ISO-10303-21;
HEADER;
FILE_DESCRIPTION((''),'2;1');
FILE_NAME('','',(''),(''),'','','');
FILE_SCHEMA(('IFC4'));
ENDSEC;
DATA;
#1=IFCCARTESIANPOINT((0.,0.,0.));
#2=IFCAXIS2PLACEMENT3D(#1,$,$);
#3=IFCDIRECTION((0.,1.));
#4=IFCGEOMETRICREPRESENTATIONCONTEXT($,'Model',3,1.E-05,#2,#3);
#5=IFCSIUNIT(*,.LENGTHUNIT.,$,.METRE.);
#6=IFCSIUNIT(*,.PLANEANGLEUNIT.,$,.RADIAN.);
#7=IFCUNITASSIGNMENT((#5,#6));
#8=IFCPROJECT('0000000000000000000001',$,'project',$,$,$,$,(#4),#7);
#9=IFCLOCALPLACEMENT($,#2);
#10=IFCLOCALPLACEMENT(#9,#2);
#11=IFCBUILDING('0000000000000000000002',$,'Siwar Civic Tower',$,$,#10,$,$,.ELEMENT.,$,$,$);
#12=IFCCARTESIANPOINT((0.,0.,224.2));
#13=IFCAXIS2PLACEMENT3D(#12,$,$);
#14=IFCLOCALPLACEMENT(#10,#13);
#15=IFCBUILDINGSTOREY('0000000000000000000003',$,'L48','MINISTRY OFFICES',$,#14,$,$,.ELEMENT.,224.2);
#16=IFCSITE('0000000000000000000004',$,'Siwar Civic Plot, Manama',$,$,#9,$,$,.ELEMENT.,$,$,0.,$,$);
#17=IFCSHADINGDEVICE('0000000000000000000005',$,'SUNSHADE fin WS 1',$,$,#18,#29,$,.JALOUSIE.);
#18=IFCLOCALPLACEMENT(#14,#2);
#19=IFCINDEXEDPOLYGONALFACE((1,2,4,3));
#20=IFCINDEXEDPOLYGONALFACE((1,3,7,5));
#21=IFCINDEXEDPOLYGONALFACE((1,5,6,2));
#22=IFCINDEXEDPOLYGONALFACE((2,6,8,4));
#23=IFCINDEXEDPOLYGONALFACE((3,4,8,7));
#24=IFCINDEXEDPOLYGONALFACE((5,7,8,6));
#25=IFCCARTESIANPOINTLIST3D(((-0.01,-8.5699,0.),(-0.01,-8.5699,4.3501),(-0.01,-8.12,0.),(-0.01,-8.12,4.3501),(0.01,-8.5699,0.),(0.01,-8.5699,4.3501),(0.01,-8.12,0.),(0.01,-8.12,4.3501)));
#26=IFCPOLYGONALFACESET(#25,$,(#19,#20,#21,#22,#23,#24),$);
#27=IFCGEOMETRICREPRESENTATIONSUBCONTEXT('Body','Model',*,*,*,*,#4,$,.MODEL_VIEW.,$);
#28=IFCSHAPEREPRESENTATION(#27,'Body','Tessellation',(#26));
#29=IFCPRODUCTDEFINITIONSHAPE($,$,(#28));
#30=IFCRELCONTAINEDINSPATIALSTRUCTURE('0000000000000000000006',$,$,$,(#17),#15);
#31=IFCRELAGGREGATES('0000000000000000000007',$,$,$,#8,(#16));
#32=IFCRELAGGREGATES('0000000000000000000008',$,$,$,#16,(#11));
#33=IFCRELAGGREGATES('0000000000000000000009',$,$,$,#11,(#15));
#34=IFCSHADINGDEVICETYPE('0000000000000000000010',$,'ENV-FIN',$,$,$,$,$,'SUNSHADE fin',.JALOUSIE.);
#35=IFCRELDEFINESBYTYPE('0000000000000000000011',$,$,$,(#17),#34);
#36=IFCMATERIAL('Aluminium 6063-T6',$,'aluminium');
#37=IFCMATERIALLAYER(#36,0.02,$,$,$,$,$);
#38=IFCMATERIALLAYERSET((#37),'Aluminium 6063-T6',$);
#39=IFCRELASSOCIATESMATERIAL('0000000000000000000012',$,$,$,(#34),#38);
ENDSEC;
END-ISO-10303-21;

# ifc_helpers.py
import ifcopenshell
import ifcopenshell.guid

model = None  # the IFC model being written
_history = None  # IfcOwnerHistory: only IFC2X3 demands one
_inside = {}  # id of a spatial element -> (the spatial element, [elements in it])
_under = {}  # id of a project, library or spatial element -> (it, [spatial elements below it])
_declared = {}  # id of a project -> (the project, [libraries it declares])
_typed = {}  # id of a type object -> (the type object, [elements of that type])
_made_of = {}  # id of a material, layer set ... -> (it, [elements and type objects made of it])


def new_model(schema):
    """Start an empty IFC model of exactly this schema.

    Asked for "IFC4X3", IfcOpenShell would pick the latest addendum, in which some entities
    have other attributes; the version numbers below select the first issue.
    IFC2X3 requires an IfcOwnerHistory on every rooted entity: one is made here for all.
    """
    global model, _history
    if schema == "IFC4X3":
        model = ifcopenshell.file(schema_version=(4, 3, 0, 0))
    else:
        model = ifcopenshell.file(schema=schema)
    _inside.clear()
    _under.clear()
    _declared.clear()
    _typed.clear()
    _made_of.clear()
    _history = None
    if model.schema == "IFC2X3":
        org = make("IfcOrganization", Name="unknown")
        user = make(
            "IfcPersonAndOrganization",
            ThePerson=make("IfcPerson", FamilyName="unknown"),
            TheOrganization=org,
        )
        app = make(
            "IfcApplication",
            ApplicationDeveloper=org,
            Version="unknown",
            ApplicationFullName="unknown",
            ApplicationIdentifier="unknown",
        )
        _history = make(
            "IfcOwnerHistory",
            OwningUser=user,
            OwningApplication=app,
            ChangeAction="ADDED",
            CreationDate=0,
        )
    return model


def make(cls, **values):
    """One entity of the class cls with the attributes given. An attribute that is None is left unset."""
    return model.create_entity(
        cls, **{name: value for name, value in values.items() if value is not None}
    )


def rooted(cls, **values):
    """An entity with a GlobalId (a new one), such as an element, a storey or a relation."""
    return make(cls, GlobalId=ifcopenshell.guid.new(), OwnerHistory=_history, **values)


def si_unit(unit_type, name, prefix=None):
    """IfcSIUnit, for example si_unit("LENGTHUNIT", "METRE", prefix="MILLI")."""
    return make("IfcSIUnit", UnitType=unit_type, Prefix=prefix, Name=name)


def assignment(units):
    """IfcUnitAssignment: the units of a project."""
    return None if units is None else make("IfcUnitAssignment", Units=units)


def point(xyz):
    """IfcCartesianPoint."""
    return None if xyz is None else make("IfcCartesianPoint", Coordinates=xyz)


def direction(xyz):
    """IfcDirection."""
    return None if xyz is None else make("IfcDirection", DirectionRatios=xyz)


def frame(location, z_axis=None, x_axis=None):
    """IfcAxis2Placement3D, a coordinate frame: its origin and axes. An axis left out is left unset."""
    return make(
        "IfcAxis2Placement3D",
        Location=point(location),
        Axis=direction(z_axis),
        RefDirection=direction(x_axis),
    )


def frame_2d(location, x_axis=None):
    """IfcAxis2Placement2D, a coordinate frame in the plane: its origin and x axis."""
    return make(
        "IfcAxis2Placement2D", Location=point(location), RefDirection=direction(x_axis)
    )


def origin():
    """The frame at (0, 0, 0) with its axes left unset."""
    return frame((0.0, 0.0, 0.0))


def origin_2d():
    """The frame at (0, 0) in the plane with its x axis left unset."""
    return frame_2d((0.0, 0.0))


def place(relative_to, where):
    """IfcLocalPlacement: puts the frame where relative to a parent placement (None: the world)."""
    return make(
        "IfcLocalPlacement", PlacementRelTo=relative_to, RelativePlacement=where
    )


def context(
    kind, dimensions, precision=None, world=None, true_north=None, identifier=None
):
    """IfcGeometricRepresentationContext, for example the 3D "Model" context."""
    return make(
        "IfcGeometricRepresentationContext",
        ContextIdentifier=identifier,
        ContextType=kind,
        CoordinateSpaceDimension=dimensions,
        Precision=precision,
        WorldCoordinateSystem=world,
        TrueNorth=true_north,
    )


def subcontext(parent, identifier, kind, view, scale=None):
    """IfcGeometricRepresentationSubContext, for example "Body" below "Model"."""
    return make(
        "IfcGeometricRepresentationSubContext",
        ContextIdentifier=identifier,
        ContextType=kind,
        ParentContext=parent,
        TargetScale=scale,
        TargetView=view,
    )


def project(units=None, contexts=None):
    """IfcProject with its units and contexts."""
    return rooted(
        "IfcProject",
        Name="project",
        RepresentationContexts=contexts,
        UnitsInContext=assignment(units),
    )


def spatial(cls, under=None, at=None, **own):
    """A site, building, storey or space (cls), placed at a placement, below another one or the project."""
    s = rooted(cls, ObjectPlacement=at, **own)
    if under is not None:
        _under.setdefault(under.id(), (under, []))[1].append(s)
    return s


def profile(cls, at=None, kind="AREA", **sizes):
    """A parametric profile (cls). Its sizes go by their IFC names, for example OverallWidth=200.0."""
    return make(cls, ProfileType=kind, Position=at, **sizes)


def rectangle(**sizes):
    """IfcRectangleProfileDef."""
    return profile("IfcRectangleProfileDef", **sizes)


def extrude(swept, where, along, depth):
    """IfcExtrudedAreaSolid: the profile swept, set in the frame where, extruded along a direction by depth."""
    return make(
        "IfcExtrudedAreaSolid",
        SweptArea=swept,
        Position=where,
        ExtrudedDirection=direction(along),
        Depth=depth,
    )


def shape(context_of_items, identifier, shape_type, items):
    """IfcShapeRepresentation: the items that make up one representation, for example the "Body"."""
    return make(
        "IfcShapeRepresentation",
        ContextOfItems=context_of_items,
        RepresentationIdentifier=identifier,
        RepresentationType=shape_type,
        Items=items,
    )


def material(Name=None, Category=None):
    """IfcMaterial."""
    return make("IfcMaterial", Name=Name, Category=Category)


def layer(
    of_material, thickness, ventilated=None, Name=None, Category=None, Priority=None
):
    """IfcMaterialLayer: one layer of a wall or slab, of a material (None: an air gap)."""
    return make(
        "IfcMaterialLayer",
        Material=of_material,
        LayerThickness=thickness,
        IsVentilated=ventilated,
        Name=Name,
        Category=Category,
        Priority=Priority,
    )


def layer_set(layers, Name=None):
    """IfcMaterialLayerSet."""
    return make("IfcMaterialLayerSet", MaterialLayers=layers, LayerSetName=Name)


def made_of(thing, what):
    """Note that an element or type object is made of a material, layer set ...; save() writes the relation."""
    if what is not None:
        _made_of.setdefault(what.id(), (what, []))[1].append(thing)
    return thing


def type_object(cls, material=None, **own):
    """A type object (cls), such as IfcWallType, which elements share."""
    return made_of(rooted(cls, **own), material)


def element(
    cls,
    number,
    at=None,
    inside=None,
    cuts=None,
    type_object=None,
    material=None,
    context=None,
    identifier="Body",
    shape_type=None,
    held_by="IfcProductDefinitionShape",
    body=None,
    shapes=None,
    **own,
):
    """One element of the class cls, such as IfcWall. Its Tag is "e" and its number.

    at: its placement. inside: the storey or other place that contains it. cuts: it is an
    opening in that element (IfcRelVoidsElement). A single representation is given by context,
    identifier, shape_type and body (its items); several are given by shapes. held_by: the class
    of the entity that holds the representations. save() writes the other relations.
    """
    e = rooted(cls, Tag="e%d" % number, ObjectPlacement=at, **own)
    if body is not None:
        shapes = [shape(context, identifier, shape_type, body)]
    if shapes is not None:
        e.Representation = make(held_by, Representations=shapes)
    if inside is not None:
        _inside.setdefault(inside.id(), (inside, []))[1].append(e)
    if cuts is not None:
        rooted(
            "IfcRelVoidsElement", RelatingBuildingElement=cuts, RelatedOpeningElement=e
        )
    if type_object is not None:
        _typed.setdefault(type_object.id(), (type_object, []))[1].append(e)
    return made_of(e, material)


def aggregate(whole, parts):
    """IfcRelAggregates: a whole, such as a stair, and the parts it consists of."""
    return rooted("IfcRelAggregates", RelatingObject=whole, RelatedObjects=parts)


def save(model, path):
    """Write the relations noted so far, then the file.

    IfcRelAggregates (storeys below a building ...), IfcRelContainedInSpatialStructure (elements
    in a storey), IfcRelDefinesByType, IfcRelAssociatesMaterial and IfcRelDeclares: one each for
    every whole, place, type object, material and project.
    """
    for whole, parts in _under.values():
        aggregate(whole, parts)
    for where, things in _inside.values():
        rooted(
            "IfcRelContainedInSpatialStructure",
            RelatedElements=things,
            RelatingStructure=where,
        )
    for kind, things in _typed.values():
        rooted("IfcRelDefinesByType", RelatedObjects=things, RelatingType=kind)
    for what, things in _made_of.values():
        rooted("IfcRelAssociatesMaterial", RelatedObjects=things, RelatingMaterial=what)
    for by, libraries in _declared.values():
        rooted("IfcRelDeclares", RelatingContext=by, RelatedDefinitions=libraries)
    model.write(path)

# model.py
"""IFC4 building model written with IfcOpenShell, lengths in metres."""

from ifc_helpers import new_model, si_unit, direction, frame, origin, origin_2d, place, context, subcontext, project, spatial, rectangle, extrude, material, layer, layer_set, type_object, element, save


model = new_model("IFC4")

# Units and contexts
model_context = context("Model", 3, precision=1e-05, world=origin(), true_north=direction((0.0, 1.0)))
body_context = subcontext(model_context, "Body", "Model", "MODEL_VIEW")
ifc_project = project(units=[si_unit("LENGTHUNIT", "METRE"), si_unit("PLANEANGLEUNIT", "RADIAN")], contexts=[model_context])

# Site, building, storey
site_placement = place(None, origin())
site = spatial("IfcSite", under=ifc_project, at=site_placement, Name="Siwar Civic Plot, Manama", CompositionType="ELEMENT", RefElevation=0.0)
building_placement = place(site_placement, origin())
building = spatial("IfcBuilding", under=site, at=building_placement, Name="Siwar Civic Tower", CompositionType="ELEMENT")
storey_placement = place(building_placement, frame((0.0, 0.0, 224.2)))
storey = spatial("IfcBuildingStorey", under=building, at=storey_placement, Name="L48", Description="MINISTRY OFFICES", CompositionType="ELEMENT", Elevation=224.2)

# Shading device
ifc_material_1 = material(Name="Aluminium 6063-T6", Category="aluminium")
ifc_layer_1 = layer(ifc_material_1, 0.02)
ifc_layer_set_1 = layer_set([ifc_layer_1], Name="Aluminium 6063-T6")
shading_device_type = type_object("IfcShadingDeviceType", Name="ENV-FIN", ElementType="SUNSHADE fin", PredefinedType="JALOUSIE", material=ifc_layer_set_1)
shading_device_placement = place(storey_placement, frame((0.0, -8.345, 0.0), z_axis=(0.0, 0.0, 1.0), x_axis=(1.0, 0.0, 0.0)))
element("IfcShadingDevice", 1, at=shading_device_placement, inside=storey, type_object=shading_device_type, Name="SUNSHADE fin WS 1", PredefinedType="JALOUSIE", context=body_context, shape_type="SweptSolid", body=[
    extrude(rectangle(XDim=0.02, YDim=0.45, at=origin_2d()), origin(), (0.0, 0.0, 1.0), 4.3501),
])

save(model, "model.ifc")
